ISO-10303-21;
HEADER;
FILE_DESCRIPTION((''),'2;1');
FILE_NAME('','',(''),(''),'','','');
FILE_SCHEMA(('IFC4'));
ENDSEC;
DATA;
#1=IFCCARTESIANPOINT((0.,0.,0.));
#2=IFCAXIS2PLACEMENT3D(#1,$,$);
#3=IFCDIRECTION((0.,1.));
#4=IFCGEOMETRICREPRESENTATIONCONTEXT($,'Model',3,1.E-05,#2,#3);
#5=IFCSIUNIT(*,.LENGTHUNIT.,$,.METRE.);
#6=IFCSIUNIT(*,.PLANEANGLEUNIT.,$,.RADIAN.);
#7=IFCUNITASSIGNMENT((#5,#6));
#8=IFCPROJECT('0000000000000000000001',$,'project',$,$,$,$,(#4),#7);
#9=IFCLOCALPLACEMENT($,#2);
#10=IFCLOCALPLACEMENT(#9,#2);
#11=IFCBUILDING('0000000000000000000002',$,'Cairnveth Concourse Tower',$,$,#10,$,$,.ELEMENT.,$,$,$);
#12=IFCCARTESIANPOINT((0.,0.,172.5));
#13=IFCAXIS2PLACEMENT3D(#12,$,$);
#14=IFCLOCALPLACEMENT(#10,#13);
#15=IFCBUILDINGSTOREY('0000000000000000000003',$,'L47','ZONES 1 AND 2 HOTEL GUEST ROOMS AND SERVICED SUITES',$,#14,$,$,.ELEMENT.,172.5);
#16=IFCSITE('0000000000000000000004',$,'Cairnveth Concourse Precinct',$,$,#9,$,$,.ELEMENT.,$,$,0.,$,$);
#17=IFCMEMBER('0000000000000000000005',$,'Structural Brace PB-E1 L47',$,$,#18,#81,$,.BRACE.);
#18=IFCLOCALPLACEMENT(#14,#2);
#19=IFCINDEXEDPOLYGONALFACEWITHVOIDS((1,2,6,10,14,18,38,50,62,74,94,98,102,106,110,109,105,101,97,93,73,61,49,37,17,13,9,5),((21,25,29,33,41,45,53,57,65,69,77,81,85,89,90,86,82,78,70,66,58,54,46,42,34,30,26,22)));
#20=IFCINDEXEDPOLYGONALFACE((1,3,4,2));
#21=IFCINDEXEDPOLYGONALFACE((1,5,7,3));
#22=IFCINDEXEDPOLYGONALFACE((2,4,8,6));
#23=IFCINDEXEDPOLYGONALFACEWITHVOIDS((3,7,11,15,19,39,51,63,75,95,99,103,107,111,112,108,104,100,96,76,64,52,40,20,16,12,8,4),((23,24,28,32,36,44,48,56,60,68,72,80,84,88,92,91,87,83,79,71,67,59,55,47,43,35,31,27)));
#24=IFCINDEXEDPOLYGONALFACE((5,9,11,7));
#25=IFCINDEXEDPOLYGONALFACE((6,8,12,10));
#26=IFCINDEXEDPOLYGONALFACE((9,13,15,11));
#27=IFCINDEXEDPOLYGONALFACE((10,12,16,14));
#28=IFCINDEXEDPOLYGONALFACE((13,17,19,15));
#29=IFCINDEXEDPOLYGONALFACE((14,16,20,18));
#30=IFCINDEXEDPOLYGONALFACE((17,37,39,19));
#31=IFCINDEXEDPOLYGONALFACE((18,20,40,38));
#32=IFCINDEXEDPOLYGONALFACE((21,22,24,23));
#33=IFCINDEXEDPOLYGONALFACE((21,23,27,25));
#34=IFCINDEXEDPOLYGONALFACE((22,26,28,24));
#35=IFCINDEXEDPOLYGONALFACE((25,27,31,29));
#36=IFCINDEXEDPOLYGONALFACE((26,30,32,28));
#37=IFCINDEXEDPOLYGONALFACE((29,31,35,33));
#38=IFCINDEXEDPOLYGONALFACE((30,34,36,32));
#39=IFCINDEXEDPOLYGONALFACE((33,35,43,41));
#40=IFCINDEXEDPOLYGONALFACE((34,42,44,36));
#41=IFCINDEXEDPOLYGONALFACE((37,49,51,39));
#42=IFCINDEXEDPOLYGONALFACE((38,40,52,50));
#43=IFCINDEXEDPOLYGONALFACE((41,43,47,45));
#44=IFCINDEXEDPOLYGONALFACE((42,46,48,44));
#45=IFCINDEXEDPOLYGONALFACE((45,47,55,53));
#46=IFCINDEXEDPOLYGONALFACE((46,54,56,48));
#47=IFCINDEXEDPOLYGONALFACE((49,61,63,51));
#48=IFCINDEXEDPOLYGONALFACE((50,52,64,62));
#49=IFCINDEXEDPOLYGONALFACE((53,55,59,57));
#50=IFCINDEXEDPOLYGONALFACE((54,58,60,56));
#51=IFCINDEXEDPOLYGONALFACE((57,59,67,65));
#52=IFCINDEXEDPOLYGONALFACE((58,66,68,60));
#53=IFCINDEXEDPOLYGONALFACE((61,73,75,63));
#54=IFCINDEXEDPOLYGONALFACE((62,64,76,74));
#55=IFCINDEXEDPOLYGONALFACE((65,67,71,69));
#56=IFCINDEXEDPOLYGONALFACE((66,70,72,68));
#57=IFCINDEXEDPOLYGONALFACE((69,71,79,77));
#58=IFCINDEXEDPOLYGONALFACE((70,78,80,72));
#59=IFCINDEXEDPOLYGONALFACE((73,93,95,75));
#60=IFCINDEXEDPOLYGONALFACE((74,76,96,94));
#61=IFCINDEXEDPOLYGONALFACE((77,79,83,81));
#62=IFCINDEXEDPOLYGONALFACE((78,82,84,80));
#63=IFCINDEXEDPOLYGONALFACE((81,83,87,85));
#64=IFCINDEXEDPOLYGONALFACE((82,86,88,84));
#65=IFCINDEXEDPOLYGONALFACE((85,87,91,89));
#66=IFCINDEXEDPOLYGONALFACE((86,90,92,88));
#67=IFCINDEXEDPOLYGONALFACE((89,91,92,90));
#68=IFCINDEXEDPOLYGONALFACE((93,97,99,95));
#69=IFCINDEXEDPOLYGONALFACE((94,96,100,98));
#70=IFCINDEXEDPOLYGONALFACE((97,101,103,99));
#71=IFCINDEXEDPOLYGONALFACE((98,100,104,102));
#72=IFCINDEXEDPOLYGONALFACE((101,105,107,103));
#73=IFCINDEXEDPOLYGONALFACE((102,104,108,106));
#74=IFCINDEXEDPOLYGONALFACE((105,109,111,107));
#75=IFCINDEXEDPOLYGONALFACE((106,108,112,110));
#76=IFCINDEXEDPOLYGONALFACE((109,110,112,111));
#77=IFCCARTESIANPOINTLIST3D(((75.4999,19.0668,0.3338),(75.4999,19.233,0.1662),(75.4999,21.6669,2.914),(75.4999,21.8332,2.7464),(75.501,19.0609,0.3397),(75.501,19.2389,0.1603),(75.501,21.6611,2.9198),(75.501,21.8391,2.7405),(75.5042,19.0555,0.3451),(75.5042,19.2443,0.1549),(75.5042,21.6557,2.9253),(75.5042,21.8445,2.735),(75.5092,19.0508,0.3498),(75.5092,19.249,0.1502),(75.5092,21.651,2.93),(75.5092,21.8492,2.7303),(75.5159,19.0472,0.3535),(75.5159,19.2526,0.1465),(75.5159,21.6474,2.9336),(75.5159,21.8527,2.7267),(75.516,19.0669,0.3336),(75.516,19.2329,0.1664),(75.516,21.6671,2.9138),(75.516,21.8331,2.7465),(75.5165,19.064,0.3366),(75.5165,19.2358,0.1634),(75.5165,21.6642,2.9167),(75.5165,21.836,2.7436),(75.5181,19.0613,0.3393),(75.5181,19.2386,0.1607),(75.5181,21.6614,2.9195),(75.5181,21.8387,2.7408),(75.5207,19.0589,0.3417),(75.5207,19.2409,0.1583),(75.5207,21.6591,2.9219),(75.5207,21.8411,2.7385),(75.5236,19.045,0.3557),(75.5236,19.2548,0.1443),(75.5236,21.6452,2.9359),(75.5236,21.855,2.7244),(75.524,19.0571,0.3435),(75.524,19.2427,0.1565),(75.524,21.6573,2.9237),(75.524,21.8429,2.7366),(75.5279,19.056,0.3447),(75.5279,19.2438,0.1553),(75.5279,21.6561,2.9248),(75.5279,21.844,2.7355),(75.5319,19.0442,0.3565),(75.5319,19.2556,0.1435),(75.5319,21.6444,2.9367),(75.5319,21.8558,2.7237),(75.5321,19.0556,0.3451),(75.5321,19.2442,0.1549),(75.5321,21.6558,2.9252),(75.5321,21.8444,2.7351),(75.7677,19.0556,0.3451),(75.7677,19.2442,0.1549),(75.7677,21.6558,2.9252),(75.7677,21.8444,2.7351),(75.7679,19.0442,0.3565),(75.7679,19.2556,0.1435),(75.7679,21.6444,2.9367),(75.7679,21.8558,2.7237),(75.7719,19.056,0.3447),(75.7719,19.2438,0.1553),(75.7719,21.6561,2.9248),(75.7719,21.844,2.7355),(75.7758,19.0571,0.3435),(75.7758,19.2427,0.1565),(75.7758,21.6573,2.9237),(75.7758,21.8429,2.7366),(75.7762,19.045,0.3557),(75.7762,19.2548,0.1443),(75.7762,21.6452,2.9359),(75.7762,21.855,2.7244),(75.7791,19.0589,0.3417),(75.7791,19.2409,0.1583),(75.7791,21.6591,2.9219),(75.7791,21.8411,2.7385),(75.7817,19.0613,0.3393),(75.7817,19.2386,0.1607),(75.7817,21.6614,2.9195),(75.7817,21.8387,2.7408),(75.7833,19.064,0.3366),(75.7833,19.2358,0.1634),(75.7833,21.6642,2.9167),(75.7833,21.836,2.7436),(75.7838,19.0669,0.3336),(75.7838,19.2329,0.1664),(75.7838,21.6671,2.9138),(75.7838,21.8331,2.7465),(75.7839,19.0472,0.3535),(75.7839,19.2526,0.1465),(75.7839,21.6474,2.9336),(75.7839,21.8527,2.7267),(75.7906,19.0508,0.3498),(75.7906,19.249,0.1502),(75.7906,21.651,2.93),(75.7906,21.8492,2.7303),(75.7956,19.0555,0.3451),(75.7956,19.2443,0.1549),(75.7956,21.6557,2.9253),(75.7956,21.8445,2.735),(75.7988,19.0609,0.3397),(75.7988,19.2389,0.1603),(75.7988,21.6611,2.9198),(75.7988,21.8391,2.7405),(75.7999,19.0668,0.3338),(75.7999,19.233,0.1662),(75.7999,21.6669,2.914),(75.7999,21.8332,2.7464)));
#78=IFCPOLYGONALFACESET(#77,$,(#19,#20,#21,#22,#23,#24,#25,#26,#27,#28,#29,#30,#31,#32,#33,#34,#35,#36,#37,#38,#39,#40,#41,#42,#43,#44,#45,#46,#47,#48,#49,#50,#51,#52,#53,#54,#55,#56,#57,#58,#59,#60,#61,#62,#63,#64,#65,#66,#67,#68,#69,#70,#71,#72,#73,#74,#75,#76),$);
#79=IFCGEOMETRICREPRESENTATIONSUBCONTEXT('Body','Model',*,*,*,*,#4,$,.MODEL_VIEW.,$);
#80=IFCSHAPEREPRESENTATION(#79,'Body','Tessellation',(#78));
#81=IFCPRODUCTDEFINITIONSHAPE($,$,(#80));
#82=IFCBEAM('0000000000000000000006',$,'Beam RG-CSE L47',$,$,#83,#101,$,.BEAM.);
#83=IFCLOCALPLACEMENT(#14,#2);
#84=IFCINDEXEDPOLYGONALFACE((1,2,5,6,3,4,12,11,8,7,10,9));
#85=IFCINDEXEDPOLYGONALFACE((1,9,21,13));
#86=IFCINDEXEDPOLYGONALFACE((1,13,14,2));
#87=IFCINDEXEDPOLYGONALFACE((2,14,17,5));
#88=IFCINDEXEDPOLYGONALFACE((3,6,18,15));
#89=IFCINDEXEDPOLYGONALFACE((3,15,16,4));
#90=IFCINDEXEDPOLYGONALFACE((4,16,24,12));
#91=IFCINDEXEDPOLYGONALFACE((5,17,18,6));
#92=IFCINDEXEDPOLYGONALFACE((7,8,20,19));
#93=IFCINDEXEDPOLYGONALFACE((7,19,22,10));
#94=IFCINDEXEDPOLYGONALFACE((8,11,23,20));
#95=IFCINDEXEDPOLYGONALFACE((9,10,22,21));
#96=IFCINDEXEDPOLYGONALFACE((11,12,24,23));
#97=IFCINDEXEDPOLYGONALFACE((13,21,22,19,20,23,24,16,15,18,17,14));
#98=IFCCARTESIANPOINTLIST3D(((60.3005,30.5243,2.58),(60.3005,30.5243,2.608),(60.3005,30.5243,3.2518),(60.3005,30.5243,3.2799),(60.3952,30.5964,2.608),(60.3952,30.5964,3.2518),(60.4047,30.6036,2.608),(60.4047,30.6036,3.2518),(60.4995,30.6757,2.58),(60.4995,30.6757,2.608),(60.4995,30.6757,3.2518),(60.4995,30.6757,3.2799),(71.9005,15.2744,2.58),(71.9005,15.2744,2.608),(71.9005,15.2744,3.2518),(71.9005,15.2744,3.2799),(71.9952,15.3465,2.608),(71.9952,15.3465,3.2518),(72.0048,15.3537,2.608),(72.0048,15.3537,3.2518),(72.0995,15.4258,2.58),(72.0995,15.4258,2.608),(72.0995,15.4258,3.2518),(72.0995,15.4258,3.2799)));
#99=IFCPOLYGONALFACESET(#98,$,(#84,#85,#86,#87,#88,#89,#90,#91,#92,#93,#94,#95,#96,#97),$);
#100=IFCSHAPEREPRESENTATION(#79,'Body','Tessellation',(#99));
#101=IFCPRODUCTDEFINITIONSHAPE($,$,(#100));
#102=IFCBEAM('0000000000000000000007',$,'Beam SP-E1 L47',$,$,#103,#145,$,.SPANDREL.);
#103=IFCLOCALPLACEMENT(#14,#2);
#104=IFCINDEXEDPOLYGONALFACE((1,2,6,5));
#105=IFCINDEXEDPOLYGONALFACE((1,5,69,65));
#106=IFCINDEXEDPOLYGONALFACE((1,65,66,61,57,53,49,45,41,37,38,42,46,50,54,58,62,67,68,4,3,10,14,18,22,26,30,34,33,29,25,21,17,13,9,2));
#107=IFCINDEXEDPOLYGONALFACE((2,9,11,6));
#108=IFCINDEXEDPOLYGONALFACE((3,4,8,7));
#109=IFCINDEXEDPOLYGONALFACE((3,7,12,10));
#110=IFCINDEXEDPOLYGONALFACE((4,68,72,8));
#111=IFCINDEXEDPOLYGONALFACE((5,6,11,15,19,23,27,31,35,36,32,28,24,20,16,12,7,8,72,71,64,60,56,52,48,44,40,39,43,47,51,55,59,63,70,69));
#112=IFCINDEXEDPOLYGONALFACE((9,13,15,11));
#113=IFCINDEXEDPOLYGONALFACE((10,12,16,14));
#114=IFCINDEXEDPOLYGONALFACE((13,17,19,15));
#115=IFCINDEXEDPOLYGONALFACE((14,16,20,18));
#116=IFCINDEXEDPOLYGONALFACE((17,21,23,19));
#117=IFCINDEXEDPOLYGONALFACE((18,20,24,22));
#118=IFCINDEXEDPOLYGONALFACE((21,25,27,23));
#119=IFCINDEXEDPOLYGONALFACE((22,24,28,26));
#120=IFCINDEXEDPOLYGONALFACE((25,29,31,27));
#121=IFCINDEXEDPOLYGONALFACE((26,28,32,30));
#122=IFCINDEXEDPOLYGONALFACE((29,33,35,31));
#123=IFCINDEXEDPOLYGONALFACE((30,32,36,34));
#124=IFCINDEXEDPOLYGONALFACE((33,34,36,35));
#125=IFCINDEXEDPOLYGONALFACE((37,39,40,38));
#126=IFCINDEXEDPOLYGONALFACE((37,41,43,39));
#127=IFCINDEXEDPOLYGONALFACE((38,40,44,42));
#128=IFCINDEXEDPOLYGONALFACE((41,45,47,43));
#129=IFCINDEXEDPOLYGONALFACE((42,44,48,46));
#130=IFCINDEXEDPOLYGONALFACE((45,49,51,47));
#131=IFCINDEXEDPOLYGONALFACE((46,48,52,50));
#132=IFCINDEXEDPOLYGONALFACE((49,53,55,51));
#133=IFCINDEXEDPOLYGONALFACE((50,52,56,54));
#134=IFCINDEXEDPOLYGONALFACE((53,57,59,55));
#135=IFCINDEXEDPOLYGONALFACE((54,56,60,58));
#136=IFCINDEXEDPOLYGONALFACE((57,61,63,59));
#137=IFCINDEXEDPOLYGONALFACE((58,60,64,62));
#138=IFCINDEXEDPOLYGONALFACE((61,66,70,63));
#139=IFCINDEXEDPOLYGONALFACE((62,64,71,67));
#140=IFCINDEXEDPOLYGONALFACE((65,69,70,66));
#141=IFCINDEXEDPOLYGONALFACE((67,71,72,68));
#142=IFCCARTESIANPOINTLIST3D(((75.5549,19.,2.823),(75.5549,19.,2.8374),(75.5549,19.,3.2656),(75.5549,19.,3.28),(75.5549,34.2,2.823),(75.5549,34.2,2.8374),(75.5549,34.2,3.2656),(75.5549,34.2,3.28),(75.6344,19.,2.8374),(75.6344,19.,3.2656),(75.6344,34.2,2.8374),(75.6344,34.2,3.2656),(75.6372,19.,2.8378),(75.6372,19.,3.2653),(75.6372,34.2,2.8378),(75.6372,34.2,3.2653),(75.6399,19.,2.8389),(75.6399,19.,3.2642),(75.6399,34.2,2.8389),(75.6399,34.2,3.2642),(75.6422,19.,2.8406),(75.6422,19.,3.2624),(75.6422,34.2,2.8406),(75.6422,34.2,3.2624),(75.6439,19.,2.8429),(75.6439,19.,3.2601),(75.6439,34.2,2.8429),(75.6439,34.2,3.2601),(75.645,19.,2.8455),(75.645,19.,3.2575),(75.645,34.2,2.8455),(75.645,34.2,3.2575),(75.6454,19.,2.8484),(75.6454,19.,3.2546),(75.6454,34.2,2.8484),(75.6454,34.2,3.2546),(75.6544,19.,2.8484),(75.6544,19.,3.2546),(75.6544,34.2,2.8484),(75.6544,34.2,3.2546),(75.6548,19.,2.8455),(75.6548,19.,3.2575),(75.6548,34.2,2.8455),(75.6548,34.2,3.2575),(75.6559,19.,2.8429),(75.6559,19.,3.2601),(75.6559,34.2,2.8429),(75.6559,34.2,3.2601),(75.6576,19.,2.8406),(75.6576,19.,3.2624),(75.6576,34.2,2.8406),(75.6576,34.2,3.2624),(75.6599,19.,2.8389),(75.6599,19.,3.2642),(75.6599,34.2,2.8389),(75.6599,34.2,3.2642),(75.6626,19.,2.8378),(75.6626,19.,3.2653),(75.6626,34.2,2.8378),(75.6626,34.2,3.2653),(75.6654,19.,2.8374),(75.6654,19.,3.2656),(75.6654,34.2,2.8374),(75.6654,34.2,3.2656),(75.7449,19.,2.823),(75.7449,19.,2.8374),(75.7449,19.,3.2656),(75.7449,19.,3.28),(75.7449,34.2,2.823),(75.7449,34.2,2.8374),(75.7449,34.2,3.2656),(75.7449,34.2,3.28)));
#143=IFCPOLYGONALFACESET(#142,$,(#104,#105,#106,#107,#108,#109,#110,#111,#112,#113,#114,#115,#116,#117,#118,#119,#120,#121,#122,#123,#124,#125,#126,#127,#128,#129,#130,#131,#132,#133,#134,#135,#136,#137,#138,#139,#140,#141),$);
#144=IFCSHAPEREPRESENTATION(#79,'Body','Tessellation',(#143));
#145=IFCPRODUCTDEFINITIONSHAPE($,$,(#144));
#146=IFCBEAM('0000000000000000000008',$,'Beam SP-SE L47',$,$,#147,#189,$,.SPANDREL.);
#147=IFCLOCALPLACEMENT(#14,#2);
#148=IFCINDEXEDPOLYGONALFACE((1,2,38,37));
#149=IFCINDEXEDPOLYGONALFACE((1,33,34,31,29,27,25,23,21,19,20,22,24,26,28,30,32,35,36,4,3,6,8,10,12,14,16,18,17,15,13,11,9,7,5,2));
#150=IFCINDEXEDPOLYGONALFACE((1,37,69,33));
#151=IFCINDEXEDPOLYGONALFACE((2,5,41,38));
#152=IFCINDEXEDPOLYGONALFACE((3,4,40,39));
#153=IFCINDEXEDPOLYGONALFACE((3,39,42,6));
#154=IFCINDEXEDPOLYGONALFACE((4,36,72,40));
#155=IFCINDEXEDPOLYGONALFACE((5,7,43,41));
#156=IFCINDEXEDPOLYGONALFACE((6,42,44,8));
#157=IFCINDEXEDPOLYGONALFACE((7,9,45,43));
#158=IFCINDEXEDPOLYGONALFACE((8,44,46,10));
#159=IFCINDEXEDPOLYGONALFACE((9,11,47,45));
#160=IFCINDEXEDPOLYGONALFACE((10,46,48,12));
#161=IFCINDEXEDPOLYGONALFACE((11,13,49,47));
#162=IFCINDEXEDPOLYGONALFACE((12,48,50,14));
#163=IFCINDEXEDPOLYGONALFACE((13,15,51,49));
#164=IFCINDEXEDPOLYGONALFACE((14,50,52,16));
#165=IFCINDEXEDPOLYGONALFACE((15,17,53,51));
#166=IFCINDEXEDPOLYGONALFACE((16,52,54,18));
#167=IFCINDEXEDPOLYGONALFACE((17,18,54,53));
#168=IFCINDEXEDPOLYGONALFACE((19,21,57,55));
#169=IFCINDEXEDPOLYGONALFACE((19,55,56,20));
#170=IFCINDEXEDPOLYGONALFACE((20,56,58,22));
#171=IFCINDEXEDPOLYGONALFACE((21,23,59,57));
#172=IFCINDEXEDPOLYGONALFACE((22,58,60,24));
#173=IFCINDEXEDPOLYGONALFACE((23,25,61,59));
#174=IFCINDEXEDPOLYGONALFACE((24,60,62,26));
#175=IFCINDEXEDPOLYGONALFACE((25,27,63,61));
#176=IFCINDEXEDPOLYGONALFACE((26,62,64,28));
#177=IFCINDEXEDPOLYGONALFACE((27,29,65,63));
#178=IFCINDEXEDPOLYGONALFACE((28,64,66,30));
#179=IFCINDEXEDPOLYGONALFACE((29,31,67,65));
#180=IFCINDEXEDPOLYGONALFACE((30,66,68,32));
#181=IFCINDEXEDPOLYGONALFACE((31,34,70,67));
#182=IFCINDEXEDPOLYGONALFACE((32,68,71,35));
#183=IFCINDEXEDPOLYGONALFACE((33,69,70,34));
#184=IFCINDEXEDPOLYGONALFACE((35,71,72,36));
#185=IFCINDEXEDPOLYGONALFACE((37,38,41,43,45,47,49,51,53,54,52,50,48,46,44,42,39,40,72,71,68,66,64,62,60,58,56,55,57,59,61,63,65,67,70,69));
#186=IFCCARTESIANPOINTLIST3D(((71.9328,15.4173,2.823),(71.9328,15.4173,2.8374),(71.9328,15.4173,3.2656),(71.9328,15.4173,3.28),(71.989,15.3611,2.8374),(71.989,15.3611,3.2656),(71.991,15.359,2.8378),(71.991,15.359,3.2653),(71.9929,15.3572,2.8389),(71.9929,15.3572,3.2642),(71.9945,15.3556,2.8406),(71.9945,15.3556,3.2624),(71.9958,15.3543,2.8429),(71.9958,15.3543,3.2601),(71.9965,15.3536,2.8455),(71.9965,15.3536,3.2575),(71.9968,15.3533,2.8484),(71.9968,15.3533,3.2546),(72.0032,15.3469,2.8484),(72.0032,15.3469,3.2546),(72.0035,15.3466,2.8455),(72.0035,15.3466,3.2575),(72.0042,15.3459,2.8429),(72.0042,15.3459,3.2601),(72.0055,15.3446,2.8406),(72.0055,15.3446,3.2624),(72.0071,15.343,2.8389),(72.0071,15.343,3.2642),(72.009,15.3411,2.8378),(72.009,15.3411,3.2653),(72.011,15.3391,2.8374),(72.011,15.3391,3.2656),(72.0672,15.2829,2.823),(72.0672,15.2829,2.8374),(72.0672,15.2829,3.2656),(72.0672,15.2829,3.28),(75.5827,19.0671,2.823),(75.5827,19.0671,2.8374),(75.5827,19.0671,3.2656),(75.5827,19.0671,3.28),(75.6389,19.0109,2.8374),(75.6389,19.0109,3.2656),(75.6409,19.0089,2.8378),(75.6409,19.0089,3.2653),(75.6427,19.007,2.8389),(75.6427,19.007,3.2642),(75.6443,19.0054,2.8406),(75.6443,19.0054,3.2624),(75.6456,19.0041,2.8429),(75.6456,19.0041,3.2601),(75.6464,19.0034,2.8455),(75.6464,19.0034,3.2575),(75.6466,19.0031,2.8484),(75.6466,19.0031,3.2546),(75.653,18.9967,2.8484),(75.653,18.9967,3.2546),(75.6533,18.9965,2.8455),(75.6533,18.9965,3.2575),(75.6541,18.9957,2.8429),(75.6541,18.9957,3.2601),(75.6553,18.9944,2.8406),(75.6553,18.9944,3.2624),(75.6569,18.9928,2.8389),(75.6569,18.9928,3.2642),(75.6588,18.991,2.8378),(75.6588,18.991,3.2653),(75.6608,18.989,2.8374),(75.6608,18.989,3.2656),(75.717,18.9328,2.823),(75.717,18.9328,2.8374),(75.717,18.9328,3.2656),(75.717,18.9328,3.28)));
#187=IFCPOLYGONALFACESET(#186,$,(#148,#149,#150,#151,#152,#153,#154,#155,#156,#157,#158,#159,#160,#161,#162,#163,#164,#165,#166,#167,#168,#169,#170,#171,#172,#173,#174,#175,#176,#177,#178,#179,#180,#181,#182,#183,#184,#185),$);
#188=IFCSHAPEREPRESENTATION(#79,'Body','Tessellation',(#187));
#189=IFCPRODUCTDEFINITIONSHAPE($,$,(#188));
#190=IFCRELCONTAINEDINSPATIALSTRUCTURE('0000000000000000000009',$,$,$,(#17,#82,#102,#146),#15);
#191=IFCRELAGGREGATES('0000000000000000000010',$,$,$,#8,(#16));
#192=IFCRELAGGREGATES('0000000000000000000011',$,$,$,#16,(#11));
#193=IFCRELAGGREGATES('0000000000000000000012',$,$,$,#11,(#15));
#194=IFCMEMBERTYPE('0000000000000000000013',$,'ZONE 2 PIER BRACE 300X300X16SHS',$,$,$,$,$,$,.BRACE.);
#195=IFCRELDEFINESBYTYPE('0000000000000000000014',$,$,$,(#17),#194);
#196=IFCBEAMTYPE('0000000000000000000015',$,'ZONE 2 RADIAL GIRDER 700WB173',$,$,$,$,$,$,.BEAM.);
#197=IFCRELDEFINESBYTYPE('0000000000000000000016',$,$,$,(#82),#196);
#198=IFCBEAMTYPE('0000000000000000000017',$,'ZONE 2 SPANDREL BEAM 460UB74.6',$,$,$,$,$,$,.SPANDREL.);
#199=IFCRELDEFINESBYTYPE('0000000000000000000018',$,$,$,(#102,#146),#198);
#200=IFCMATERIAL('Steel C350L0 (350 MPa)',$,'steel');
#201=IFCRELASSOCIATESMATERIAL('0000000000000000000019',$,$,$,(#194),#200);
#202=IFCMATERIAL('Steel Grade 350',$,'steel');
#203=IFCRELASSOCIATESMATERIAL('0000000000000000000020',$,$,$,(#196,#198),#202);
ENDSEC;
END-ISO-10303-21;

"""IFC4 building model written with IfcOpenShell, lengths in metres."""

from ifc_helpers import new_model, si_unit, direction, frame, origin, origin_2d, place, context, subcontext, project, spatial, hollow_rectangle, i_section, extrude, material, material_profile, profile_set, type_object, element, save


model = new_model("IFC4")

# Units and contexts
model_context = context("Model", 3, precision=1e-05, world=origin(), true_north=direction((0.0, 1.0)))
body_context = subcontext(model_context, "Body", "Model", "MODEL_VIEW")
ifc_project = project(units=[si_unit("LENGTHUNIT", "METRE"), si_unit("PLANEANGLEUNIT", "RADIAN")], contexts=[model_context])

# Site, building, storey
site_placement = place(None, origin())
site = spatial("IfcSite", under=ifc_project, at=site_placement, Name="Cairnveth Concourse Precinct", CompositionType="ELEMENT", RefElevation=0.0)
building_placement = place(site_placement, origin())
building = spatial("IfcBuilding", under=site, at=building_placement, Name="Cairnveth Concourse Tower", CompositionType="ELEMENT")
storey_placement = place(building_placement, frame((0.0, 0.0, 172.5)))
storey = spatial("IfcBuildingStorey", under=building, at=storey_placement, Name="L47", Description="ZONES 1 AND 2 HOTEL GUEST ROOMS AND SERVICED SUITES", CompositionType="ELEMENT", Elevation=172.5)

# Shared definitions
ifc_material_1 = material(Name="Steel Grade 350", Category="steel")

# Member
ifc_material_2 = material(Name="Steel C350L0 (350 MPa)", Category="steel")
ifc_material_profile_1 = material_profile(ifc_material_2, hollow_rectangle(XDim=0.3, YDim=0.3, WallThickness=0.0161, InnerFilletRadius=0.0161, OuterFilletRadius=0.032, at=origin_2d()), Name="300x300x16.0SHS")
ifc_profile_set_1 = profile_set([ifc_material_profile_1], Name="Steel C350L0 (350 MPa)")
member_type = type_object("IfcMemberType", Name="ZONE 2 PIER BRACE 300X300X16SHS", PredefinedType="BRACE", material=ifc_profile_set_1)
for number, where, z_axis, x_axis, name in (
    (1, (75.6499, 19.1499, 0.25), (0.0, 0.709834, 0.704369), (-1.0, 0.0, 0.0), "Structural Brace PB-E1 L47"),
):
    element("IfcMember", number, at=place(storey_placement, frame(where, z_axis=z_axis, x_axis=x_axis)), inside=storey, type_object=member_type, Name=name, PredefinedType="BRACE", context=body_context, shape_type="SweptSolid", body=[
        extrude(hollow_rectangle(XDim=0.3, YDim=0.3, WallThickness=0.0161, InnerFilletRadius=0.0161, OuterFilletRadius=0.032, at=origin_2d()), origin(), (0.0, 0.0, 1.0), 3.6631),
    ])

# Beams
ifc_material_profile_2 = material_profile(ifc_material_1, i_section(OverallWidth=0.25, OverallDepth=0.7, WebThickness=0.012, FlangeThickness=0.0281, at=origin_2d()), Name="700WB173")
ifc_profile_set_2 = profile_set([ifc_material_profile_2], Name="Steel Grade 350")
beam_type_1 = type_object("IfcBeamType", Name="ZONE 2 RADIAL GIRDER 700WB173", PredefinedType="BEAM", material=ifc_profile_set_2)
beam_1_placement = place(storey_placement, frame((72.0, 15.3501, 2.9299), z_axis=(-0.605417, 0.795908, 0.0), x_axis=(-0.795908, -0.605417, 0.0)))
element("IfcBeam", 2, at=beam_1_placement, inside=storey, type_object=beam_type_1, Name="Beam RG-CSE L47", PredefinedType="BEAM", context=body_context, shape_type="SweptSolid", body=[
    extrude(i_section(OverallWidth=0.25, OverallDepth=0.7, WebThickness=0.012, FlangeThickness=0.0281, at=origin_2d()), origin(), (0.0, 0.0, 1.0), 19.1604),
])
ifc_material_profile_3 = material_profile(ifc_material_1, i_section(OverallWidth=0.1899, OverallDepth=0.457, WebThickness=0.009, FlangeThickness=0.0144, FilletRadius=0.011, at=origin_2d()), Name="460UB74.6")
ifc_profile_set_3 = profile_set([ifc_material_profile_3], Name="Steel Grade 350")
beam_type_2 = type_object("IfcBeamType", Name="ZONE 2 SPANDREL BEAM 460UB74.6", PredefinedType="SPANDREL", material=ifc_profile_set_3)
beam_2_placement = place(storey_placement, frame((75.6499, 19.0, 3.0515), z_axis=(0.0, 1.0, 0.0), x_axis=(-1.0, 0.0, 0.0)))
element("IfcBeam", 3, at=beam_2_placement, inside=storey, type_object=beam_type_2, Name="Beam SP-E1 L47", PredefinedType="SPANDREL", context=body_context, shape_type="SweptSolid", body=[
    extrude(i_section(OverallWidth=0.1899, OverallDepth=0.457, WebThickness=0.009, FlangeThickness=0.0144, FilletRadius=0.011, at=origin_2d()), origin(), (0.0, 0.0, 1.0), 15.2),
])
beam_3_placement = place(storey_placement, frame((72.0, 15.3501, 3.0515), z_axis=(0.707107, 0.707107, 0.0), x_axis=(-0.707107, 0.707107, 0.0)))
element("IfcBeam", 4, at=beam_3_placement, inside=storey, type_object=beam_type_2, Name="Beam SP-SE L47", PredefinedType="SPANDREL", context=body_context, shape_type="SweptSolid", body=[
    extrude(i_section(OverallWidth=0.1899, OverallDepth=0.457, WebThickness=0.009, FlangeThickness=0.0144, FilletRadius=0.011, at=origin_2d()), origin(), (0.0, 0.0, 1.0), 5.1616),
])

save(model, "model.ifc")
